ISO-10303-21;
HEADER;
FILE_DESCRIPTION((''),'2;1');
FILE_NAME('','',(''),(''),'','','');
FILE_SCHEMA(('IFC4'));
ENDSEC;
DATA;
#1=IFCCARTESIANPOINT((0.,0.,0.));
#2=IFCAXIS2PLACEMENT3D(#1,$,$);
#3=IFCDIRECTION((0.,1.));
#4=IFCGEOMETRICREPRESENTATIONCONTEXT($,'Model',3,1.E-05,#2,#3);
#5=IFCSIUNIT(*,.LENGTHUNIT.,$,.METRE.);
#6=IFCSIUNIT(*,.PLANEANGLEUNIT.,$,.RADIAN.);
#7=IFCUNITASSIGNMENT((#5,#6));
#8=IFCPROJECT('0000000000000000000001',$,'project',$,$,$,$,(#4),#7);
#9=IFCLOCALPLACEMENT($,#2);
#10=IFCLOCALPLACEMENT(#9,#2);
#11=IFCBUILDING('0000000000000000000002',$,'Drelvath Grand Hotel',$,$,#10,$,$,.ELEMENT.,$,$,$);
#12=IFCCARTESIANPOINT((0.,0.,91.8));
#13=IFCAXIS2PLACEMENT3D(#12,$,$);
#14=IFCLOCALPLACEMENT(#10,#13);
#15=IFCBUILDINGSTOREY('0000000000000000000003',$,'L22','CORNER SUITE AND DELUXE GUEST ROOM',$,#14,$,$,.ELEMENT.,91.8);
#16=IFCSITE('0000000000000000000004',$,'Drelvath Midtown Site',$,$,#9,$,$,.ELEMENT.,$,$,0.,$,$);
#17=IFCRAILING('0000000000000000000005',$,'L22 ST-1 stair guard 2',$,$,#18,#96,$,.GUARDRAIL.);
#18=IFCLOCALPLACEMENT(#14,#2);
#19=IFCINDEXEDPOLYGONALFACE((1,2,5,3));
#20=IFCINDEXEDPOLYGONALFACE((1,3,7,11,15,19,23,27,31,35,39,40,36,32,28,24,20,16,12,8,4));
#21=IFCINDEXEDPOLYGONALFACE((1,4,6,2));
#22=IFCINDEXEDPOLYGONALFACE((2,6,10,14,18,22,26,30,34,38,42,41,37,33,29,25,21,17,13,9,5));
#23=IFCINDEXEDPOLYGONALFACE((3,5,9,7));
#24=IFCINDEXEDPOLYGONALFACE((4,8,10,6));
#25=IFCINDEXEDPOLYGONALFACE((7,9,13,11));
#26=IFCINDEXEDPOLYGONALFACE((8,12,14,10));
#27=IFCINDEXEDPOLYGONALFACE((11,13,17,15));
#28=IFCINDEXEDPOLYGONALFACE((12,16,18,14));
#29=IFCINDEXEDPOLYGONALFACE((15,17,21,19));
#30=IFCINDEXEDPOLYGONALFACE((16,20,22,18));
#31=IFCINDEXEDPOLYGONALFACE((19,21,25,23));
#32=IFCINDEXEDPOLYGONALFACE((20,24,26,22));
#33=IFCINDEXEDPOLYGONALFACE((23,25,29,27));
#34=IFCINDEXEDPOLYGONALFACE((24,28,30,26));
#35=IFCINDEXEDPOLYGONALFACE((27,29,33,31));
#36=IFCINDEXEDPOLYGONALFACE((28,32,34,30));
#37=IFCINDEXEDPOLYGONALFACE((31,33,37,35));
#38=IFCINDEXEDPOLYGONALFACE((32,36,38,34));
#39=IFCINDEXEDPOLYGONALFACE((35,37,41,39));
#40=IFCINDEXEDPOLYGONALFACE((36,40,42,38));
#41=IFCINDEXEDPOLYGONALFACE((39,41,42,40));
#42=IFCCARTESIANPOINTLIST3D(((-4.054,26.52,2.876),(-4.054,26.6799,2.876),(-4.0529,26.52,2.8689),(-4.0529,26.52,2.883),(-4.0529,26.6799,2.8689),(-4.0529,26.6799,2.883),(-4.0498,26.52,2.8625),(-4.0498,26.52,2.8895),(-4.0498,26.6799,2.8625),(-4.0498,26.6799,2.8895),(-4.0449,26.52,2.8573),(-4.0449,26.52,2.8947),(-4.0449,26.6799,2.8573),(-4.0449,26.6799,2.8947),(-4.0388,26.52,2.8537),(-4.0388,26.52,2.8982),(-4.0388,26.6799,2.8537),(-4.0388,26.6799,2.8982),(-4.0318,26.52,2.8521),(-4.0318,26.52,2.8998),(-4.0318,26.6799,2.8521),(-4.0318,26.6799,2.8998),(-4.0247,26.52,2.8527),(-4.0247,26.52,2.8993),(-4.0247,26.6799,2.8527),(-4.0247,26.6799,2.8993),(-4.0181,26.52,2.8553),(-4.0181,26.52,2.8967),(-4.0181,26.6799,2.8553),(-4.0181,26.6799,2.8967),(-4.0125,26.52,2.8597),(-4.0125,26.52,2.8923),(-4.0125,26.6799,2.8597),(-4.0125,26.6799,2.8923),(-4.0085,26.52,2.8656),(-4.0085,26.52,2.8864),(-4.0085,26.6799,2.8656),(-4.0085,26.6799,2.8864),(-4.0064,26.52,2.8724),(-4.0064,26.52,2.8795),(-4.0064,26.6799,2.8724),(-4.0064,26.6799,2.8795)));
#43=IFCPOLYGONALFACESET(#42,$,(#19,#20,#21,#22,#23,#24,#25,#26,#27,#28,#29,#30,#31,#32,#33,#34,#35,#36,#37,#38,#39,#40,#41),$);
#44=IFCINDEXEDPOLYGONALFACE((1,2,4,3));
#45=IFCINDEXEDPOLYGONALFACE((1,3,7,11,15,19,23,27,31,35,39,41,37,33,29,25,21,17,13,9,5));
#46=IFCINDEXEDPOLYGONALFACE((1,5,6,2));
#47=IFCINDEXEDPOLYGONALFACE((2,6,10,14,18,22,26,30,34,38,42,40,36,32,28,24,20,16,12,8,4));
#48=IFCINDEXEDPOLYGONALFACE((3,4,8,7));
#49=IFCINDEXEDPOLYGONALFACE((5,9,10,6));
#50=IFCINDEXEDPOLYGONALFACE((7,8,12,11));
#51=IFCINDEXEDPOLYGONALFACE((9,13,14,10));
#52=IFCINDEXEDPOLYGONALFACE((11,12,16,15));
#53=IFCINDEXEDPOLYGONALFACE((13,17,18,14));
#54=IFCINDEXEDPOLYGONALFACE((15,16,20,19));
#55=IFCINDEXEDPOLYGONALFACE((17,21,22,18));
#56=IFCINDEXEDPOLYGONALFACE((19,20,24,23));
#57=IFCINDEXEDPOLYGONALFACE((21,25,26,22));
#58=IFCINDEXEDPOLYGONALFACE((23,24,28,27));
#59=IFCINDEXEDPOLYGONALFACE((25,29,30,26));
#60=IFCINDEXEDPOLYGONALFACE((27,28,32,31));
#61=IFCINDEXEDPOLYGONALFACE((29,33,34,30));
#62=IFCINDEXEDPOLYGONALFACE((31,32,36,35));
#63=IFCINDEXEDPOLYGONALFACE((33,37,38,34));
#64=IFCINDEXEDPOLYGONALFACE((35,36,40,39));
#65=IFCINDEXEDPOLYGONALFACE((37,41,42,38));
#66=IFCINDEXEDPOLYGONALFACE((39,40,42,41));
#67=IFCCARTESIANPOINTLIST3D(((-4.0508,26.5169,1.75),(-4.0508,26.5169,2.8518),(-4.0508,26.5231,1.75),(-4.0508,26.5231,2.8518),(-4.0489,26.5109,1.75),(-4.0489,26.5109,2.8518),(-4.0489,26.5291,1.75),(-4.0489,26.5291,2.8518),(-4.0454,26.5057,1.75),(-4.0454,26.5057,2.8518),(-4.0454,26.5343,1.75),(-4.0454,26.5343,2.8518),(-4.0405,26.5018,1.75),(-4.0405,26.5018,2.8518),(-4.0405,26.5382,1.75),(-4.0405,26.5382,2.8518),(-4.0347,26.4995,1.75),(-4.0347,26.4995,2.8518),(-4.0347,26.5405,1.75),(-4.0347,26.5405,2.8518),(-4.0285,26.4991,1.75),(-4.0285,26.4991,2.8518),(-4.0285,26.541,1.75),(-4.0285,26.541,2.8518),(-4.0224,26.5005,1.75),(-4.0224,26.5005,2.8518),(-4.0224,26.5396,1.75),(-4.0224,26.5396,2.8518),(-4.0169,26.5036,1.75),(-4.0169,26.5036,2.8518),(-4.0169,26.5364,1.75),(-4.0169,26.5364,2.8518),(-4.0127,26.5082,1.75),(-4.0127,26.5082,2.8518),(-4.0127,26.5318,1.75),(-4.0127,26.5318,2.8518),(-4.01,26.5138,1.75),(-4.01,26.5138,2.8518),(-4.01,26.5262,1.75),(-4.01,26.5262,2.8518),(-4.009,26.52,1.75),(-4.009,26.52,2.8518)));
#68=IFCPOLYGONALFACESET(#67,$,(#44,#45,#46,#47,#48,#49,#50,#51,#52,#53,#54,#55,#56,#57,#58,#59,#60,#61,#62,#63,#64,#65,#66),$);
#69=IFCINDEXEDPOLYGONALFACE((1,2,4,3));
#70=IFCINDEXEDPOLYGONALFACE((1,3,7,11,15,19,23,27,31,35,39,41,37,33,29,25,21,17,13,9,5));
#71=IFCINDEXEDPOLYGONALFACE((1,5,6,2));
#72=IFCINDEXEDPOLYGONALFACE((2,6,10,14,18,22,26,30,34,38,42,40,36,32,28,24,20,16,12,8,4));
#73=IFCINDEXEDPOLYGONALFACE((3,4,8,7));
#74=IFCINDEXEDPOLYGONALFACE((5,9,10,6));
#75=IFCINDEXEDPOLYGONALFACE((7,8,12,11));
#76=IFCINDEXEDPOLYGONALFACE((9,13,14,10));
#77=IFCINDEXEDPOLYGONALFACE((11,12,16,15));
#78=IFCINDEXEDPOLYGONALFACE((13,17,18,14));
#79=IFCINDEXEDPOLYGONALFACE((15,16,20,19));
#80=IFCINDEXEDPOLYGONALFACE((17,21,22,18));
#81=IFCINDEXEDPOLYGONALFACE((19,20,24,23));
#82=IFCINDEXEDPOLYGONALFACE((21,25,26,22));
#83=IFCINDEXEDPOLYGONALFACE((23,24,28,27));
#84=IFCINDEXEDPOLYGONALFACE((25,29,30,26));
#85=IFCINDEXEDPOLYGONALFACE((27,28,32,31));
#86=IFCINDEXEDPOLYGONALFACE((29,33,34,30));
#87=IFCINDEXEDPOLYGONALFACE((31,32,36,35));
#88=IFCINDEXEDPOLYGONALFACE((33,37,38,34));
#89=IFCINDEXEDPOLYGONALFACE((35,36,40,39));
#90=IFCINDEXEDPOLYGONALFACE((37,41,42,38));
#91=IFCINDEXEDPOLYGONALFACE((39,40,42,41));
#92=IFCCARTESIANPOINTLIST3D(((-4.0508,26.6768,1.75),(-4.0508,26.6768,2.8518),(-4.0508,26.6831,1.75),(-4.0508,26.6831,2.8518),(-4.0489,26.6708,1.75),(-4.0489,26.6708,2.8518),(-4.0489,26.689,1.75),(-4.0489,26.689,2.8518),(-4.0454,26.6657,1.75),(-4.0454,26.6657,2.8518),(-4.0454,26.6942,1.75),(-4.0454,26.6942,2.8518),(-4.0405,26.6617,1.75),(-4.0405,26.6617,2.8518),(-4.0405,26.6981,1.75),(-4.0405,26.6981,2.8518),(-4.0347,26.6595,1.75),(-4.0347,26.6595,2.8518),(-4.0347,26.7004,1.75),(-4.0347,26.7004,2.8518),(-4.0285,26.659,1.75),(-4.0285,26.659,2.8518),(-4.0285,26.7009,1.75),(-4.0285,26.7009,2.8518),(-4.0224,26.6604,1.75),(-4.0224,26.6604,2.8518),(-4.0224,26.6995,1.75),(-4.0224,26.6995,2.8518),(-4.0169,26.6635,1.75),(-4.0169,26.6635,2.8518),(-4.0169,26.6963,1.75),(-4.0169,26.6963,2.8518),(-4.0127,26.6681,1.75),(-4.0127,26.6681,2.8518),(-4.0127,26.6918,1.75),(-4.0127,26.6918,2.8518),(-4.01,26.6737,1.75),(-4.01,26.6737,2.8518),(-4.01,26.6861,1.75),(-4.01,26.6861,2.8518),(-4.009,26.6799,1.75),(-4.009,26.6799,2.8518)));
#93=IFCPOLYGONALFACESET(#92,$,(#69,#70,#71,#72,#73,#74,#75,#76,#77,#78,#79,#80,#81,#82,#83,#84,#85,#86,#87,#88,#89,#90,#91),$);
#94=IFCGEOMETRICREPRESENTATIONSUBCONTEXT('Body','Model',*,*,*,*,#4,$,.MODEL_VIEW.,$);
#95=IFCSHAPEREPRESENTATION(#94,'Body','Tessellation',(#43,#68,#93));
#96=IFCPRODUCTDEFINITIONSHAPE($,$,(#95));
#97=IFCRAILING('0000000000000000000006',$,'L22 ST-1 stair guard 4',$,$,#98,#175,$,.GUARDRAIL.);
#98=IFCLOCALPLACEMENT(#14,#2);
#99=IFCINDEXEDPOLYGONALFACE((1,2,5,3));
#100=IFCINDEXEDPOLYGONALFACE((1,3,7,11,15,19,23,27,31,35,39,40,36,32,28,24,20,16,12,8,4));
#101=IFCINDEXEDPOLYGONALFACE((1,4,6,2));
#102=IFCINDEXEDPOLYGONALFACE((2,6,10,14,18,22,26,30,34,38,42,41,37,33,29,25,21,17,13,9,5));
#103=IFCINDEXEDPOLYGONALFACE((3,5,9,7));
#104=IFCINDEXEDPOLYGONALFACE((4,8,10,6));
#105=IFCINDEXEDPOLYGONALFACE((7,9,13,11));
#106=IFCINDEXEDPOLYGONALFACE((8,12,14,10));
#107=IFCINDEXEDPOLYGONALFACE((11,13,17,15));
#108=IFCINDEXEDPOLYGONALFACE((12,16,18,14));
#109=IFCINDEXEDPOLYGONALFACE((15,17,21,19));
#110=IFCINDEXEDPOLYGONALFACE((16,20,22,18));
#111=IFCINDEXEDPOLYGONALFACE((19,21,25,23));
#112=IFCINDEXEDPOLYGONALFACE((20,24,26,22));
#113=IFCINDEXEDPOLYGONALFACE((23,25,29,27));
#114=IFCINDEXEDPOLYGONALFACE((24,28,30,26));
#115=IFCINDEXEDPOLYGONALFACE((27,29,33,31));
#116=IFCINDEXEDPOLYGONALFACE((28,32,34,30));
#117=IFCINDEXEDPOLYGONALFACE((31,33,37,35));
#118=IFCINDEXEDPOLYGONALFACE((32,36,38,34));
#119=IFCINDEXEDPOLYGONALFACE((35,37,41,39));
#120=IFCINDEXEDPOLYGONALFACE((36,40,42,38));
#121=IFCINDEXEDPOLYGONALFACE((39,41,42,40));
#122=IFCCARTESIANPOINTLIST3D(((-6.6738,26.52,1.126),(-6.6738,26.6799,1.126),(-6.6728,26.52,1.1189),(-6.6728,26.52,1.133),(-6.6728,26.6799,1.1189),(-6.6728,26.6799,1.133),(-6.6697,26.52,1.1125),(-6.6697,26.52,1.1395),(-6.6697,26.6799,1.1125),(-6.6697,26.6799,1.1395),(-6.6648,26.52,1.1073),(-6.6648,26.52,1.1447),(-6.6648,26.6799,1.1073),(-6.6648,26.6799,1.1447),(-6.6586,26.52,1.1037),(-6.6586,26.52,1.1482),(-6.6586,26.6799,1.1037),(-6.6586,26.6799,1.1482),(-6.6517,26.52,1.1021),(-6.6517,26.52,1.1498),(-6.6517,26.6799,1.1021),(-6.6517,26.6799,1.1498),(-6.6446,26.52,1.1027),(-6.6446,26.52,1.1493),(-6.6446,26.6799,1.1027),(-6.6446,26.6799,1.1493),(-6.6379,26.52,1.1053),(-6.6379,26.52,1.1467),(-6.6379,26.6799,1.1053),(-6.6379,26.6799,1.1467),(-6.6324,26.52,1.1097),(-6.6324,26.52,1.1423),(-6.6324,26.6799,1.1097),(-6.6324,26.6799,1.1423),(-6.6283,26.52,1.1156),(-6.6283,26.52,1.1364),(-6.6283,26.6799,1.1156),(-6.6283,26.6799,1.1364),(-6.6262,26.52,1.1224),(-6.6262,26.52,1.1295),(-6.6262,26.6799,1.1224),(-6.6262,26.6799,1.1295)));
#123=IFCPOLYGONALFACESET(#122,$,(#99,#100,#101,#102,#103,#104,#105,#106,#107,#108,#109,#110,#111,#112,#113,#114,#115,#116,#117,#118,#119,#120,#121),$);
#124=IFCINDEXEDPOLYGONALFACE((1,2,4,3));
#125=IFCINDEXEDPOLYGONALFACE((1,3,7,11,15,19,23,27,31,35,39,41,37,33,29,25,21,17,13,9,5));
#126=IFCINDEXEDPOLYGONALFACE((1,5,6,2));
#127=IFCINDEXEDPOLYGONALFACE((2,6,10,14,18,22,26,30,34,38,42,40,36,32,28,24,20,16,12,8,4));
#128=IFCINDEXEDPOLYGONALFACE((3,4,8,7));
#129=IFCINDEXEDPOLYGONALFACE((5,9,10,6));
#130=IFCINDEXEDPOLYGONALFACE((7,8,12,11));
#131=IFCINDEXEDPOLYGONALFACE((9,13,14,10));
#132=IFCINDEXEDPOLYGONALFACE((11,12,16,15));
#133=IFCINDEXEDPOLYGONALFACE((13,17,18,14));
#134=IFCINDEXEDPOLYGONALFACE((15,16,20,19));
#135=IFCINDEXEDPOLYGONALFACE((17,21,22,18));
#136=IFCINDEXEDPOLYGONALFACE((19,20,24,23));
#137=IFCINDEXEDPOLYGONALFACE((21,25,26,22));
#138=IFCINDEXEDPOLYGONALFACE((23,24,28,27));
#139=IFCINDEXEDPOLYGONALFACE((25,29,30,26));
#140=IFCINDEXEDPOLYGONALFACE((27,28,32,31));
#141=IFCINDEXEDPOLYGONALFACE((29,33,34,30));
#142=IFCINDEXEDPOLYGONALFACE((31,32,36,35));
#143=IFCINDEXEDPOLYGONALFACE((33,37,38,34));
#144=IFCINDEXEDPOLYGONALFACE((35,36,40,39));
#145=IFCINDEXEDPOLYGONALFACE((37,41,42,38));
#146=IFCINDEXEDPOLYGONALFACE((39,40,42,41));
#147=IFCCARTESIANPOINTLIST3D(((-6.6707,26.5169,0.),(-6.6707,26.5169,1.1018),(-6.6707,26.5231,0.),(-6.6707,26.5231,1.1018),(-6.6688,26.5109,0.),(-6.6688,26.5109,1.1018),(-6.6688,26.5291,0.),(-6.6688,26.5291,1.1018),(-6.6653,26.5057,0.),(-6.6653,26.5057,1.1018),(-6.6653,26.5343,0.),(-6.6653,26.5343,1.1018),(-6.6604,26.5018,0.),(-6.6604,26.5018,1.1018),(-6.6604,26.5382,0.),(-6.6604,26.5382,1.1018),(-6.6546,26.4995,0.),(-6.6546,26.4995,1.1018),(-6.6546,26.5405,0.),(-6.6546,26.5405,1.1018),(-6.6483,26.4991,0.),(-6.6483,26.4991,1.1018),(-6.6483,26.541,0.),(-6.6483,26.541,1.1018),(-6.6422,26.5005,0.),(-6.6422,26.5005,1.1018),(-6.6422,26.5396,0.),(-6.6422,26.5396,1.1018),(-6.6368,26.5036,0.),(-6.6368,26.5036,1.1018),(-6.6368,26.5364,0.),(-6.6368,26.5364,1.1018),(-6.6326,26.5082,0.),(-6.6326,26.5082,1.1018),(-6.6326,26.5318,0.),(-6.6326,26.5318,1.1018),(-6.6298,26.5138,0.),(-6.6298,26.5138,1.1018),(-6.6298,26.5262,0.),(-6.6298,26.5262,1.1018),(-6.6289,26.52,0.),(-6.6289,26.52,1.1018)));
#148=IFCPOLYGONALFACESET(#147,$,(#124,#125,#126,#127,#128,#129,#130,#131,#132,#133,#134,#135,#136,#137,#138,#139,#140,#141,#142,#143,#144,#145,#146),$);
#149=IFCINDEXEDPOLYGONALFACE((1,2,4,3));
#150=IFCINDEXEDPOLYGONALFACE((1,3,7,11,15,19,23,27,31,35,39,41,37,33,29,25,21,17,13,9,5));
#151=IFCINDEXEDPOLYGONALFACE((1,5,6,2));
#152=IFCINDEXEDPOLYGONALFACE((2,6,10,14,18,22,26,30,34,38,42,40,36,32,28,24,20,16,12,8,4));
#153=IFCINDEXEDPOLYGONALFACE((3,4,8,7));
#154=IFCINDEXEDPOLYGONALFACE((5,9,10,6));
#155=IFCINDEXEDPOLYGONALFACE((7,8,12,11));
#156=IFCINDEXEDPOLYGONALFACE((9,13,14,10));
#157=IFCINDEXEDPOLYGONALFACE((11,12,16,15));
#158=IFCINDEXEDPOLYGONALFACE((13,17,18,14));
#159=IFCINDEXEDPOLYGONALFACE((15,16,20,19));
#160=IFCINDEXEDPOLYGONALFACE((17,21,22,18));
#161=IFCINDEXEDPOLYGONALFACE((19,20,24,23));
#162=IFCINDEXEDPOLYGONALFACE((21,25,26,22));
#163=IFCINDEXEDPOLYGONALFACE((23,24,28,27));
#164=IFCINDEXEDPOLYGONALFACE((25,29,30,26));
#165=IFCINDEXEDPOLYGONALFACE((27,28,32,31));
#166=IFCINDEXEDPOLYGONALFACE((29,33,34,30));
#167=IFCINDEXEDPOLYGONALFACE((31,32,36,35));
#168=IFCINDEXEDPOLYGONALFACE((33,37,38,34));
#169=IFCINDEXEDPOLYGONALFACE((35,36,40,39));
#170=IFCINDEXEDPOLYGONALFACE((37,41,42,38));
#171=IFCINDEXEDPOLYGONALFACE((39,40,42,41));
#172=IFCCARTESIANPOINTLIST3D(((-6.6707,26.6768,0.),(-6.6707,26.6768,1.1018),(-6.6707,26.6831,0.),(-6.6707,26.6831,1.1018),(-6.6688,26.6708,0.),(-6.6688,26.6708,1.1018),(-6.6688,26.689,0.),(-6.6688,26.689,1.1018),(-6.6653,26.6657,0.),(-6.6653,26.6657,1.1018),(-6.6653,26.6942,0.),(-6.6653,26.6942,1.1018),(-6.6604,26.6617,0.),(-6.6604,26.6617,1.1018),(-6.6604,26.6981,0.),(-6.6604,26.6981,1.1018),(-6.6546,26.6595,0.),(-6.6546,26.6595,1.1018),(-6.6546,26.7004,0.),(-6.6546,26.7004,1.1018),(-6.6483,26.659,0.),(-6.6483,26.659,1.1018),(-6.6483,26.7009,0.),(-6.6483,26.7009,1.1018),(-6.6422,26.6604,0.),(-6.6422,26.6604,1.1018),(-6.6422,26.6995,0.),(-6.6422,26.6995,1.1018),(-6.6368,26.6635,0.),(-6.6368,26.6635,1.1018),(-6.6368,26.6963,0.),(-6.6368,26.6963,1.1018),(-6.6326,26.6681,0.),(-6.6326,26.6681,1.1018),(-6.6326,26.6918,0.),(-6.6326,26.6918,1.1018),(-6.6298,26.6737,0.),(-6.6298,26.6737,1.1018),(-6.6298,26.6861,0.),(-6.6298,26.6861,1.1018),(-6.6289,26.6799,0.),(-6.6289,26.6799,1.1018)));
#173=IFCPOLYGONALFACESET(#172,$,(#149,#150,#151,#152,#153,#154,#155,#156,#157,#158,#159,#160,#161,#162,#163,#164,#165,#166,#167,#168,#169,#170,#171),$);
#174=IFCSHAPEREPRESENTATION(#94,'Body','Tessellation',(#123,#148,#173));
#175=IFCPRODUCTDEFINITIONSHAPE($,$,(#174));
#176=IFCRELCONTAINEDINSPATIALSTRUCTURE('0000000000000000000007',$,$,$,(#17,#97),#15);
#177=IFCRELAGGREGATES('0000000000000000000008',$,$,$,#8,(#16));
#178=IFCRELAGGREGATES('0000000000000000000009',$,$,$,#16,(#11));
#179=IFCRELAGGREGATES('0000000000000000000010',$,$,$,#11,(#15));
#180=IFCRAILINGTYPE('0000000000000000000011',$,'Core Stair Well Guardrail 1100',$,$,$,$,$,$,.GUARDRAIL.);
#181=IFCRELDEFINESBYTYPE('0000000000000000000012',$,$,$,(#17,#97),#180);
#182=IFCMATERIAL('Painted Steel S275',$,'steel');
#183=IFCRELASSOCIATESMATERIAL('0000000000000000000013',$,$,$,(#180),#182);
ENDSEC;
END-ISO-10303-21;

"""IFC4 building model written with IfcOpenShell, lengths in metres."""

from ifc_helpers import new_model, si_unit, direction, frame, origin, origin_2d, place, context, subcontext, project, spatial, circle, extrude, material, type_object, element, save


model = new_model("IFC4")

# Units and contexts
model_context = context("Model", 3, precision=1e-05, world=origin(), true_north=direction((0.0, 1.0)))
body_context = subcontext(model_context, "Body", "Model", "MODEL_VIEW")
ifc_project = project(units=[si_unit("LENGTHUNIT", "METRE"), si_unit("PLANEANGLEUNIT", "RADIAN")], contexts=[model_context])

# Site, building, storey
site_placement = place(None, origin())
site = spatial("IfcSite", under=ifc_project, at=site_placement, Name="Drelvath Midtown Site", CompositionType="ELEMENT", RefElevation=0.0)
building_placement = place(site_placement, origin())
building = spatial("IfcBuilding", under=site, at=building_placement, Name="Drelvath Grand Hotel", CompositionType="ELEMENT")
storey_placement = place(building_placement, frame((0.0, 0.0, 91.8)))
storey = spatial("IfcBuildingStorey", under=building, at=storey_placement, Name="L22", Description="CORNER SUITE AND DELUXE GUEST ROOM", CompositionType="ELEMENT", Elevation=91.8)

# Shared definitions
ifc_material_1 = material(Name="Painted Steel S275", Category="steel")

# Railings
railing_type_1 = type_object("IfcRailingType", Name="Core Stair Well Guardrail 1100", PredefinedType="GUARDRAIL", material=ifc_material_1)
for number, where, name in (
    (1, (-4.03, 26.52, 1.75), "L22 ST-1 stair guard 2"),
    (2, (-6.6499, 26.52, 0.0), "L22 ST-1 stair guard 4"),
):
    element("IfcRailing", number, at=place(storey_placement, frame(where)), inside=storey, type_object=railing_type_1, Name=name, PredefinedType="GUARDRAIL", context=body_context, shape_type="SweptSolid", body=[
        extrude(circle(Radius=0.0239, at=origin_2d()), frame((0.0, 0.0, 1.126), z_axis=(0.0, 1.0, 0.0), x_axis=(-1.0, 0.0, 0.0)), (0.0, 0.0, 1.0), 0.1599),
        extrude(circle(Radius=0.021, at=origin_2d()), origin(), (0.0, 0.0, 1.0), 1.1018),
        extrude(circle(Radius=0.021, at=origin_2d()), frame((0.0, 0.1599, 0.0)), (0.0, 0.0, 1.0), 1.1018),
    ])

save(model, "model.ifc")
